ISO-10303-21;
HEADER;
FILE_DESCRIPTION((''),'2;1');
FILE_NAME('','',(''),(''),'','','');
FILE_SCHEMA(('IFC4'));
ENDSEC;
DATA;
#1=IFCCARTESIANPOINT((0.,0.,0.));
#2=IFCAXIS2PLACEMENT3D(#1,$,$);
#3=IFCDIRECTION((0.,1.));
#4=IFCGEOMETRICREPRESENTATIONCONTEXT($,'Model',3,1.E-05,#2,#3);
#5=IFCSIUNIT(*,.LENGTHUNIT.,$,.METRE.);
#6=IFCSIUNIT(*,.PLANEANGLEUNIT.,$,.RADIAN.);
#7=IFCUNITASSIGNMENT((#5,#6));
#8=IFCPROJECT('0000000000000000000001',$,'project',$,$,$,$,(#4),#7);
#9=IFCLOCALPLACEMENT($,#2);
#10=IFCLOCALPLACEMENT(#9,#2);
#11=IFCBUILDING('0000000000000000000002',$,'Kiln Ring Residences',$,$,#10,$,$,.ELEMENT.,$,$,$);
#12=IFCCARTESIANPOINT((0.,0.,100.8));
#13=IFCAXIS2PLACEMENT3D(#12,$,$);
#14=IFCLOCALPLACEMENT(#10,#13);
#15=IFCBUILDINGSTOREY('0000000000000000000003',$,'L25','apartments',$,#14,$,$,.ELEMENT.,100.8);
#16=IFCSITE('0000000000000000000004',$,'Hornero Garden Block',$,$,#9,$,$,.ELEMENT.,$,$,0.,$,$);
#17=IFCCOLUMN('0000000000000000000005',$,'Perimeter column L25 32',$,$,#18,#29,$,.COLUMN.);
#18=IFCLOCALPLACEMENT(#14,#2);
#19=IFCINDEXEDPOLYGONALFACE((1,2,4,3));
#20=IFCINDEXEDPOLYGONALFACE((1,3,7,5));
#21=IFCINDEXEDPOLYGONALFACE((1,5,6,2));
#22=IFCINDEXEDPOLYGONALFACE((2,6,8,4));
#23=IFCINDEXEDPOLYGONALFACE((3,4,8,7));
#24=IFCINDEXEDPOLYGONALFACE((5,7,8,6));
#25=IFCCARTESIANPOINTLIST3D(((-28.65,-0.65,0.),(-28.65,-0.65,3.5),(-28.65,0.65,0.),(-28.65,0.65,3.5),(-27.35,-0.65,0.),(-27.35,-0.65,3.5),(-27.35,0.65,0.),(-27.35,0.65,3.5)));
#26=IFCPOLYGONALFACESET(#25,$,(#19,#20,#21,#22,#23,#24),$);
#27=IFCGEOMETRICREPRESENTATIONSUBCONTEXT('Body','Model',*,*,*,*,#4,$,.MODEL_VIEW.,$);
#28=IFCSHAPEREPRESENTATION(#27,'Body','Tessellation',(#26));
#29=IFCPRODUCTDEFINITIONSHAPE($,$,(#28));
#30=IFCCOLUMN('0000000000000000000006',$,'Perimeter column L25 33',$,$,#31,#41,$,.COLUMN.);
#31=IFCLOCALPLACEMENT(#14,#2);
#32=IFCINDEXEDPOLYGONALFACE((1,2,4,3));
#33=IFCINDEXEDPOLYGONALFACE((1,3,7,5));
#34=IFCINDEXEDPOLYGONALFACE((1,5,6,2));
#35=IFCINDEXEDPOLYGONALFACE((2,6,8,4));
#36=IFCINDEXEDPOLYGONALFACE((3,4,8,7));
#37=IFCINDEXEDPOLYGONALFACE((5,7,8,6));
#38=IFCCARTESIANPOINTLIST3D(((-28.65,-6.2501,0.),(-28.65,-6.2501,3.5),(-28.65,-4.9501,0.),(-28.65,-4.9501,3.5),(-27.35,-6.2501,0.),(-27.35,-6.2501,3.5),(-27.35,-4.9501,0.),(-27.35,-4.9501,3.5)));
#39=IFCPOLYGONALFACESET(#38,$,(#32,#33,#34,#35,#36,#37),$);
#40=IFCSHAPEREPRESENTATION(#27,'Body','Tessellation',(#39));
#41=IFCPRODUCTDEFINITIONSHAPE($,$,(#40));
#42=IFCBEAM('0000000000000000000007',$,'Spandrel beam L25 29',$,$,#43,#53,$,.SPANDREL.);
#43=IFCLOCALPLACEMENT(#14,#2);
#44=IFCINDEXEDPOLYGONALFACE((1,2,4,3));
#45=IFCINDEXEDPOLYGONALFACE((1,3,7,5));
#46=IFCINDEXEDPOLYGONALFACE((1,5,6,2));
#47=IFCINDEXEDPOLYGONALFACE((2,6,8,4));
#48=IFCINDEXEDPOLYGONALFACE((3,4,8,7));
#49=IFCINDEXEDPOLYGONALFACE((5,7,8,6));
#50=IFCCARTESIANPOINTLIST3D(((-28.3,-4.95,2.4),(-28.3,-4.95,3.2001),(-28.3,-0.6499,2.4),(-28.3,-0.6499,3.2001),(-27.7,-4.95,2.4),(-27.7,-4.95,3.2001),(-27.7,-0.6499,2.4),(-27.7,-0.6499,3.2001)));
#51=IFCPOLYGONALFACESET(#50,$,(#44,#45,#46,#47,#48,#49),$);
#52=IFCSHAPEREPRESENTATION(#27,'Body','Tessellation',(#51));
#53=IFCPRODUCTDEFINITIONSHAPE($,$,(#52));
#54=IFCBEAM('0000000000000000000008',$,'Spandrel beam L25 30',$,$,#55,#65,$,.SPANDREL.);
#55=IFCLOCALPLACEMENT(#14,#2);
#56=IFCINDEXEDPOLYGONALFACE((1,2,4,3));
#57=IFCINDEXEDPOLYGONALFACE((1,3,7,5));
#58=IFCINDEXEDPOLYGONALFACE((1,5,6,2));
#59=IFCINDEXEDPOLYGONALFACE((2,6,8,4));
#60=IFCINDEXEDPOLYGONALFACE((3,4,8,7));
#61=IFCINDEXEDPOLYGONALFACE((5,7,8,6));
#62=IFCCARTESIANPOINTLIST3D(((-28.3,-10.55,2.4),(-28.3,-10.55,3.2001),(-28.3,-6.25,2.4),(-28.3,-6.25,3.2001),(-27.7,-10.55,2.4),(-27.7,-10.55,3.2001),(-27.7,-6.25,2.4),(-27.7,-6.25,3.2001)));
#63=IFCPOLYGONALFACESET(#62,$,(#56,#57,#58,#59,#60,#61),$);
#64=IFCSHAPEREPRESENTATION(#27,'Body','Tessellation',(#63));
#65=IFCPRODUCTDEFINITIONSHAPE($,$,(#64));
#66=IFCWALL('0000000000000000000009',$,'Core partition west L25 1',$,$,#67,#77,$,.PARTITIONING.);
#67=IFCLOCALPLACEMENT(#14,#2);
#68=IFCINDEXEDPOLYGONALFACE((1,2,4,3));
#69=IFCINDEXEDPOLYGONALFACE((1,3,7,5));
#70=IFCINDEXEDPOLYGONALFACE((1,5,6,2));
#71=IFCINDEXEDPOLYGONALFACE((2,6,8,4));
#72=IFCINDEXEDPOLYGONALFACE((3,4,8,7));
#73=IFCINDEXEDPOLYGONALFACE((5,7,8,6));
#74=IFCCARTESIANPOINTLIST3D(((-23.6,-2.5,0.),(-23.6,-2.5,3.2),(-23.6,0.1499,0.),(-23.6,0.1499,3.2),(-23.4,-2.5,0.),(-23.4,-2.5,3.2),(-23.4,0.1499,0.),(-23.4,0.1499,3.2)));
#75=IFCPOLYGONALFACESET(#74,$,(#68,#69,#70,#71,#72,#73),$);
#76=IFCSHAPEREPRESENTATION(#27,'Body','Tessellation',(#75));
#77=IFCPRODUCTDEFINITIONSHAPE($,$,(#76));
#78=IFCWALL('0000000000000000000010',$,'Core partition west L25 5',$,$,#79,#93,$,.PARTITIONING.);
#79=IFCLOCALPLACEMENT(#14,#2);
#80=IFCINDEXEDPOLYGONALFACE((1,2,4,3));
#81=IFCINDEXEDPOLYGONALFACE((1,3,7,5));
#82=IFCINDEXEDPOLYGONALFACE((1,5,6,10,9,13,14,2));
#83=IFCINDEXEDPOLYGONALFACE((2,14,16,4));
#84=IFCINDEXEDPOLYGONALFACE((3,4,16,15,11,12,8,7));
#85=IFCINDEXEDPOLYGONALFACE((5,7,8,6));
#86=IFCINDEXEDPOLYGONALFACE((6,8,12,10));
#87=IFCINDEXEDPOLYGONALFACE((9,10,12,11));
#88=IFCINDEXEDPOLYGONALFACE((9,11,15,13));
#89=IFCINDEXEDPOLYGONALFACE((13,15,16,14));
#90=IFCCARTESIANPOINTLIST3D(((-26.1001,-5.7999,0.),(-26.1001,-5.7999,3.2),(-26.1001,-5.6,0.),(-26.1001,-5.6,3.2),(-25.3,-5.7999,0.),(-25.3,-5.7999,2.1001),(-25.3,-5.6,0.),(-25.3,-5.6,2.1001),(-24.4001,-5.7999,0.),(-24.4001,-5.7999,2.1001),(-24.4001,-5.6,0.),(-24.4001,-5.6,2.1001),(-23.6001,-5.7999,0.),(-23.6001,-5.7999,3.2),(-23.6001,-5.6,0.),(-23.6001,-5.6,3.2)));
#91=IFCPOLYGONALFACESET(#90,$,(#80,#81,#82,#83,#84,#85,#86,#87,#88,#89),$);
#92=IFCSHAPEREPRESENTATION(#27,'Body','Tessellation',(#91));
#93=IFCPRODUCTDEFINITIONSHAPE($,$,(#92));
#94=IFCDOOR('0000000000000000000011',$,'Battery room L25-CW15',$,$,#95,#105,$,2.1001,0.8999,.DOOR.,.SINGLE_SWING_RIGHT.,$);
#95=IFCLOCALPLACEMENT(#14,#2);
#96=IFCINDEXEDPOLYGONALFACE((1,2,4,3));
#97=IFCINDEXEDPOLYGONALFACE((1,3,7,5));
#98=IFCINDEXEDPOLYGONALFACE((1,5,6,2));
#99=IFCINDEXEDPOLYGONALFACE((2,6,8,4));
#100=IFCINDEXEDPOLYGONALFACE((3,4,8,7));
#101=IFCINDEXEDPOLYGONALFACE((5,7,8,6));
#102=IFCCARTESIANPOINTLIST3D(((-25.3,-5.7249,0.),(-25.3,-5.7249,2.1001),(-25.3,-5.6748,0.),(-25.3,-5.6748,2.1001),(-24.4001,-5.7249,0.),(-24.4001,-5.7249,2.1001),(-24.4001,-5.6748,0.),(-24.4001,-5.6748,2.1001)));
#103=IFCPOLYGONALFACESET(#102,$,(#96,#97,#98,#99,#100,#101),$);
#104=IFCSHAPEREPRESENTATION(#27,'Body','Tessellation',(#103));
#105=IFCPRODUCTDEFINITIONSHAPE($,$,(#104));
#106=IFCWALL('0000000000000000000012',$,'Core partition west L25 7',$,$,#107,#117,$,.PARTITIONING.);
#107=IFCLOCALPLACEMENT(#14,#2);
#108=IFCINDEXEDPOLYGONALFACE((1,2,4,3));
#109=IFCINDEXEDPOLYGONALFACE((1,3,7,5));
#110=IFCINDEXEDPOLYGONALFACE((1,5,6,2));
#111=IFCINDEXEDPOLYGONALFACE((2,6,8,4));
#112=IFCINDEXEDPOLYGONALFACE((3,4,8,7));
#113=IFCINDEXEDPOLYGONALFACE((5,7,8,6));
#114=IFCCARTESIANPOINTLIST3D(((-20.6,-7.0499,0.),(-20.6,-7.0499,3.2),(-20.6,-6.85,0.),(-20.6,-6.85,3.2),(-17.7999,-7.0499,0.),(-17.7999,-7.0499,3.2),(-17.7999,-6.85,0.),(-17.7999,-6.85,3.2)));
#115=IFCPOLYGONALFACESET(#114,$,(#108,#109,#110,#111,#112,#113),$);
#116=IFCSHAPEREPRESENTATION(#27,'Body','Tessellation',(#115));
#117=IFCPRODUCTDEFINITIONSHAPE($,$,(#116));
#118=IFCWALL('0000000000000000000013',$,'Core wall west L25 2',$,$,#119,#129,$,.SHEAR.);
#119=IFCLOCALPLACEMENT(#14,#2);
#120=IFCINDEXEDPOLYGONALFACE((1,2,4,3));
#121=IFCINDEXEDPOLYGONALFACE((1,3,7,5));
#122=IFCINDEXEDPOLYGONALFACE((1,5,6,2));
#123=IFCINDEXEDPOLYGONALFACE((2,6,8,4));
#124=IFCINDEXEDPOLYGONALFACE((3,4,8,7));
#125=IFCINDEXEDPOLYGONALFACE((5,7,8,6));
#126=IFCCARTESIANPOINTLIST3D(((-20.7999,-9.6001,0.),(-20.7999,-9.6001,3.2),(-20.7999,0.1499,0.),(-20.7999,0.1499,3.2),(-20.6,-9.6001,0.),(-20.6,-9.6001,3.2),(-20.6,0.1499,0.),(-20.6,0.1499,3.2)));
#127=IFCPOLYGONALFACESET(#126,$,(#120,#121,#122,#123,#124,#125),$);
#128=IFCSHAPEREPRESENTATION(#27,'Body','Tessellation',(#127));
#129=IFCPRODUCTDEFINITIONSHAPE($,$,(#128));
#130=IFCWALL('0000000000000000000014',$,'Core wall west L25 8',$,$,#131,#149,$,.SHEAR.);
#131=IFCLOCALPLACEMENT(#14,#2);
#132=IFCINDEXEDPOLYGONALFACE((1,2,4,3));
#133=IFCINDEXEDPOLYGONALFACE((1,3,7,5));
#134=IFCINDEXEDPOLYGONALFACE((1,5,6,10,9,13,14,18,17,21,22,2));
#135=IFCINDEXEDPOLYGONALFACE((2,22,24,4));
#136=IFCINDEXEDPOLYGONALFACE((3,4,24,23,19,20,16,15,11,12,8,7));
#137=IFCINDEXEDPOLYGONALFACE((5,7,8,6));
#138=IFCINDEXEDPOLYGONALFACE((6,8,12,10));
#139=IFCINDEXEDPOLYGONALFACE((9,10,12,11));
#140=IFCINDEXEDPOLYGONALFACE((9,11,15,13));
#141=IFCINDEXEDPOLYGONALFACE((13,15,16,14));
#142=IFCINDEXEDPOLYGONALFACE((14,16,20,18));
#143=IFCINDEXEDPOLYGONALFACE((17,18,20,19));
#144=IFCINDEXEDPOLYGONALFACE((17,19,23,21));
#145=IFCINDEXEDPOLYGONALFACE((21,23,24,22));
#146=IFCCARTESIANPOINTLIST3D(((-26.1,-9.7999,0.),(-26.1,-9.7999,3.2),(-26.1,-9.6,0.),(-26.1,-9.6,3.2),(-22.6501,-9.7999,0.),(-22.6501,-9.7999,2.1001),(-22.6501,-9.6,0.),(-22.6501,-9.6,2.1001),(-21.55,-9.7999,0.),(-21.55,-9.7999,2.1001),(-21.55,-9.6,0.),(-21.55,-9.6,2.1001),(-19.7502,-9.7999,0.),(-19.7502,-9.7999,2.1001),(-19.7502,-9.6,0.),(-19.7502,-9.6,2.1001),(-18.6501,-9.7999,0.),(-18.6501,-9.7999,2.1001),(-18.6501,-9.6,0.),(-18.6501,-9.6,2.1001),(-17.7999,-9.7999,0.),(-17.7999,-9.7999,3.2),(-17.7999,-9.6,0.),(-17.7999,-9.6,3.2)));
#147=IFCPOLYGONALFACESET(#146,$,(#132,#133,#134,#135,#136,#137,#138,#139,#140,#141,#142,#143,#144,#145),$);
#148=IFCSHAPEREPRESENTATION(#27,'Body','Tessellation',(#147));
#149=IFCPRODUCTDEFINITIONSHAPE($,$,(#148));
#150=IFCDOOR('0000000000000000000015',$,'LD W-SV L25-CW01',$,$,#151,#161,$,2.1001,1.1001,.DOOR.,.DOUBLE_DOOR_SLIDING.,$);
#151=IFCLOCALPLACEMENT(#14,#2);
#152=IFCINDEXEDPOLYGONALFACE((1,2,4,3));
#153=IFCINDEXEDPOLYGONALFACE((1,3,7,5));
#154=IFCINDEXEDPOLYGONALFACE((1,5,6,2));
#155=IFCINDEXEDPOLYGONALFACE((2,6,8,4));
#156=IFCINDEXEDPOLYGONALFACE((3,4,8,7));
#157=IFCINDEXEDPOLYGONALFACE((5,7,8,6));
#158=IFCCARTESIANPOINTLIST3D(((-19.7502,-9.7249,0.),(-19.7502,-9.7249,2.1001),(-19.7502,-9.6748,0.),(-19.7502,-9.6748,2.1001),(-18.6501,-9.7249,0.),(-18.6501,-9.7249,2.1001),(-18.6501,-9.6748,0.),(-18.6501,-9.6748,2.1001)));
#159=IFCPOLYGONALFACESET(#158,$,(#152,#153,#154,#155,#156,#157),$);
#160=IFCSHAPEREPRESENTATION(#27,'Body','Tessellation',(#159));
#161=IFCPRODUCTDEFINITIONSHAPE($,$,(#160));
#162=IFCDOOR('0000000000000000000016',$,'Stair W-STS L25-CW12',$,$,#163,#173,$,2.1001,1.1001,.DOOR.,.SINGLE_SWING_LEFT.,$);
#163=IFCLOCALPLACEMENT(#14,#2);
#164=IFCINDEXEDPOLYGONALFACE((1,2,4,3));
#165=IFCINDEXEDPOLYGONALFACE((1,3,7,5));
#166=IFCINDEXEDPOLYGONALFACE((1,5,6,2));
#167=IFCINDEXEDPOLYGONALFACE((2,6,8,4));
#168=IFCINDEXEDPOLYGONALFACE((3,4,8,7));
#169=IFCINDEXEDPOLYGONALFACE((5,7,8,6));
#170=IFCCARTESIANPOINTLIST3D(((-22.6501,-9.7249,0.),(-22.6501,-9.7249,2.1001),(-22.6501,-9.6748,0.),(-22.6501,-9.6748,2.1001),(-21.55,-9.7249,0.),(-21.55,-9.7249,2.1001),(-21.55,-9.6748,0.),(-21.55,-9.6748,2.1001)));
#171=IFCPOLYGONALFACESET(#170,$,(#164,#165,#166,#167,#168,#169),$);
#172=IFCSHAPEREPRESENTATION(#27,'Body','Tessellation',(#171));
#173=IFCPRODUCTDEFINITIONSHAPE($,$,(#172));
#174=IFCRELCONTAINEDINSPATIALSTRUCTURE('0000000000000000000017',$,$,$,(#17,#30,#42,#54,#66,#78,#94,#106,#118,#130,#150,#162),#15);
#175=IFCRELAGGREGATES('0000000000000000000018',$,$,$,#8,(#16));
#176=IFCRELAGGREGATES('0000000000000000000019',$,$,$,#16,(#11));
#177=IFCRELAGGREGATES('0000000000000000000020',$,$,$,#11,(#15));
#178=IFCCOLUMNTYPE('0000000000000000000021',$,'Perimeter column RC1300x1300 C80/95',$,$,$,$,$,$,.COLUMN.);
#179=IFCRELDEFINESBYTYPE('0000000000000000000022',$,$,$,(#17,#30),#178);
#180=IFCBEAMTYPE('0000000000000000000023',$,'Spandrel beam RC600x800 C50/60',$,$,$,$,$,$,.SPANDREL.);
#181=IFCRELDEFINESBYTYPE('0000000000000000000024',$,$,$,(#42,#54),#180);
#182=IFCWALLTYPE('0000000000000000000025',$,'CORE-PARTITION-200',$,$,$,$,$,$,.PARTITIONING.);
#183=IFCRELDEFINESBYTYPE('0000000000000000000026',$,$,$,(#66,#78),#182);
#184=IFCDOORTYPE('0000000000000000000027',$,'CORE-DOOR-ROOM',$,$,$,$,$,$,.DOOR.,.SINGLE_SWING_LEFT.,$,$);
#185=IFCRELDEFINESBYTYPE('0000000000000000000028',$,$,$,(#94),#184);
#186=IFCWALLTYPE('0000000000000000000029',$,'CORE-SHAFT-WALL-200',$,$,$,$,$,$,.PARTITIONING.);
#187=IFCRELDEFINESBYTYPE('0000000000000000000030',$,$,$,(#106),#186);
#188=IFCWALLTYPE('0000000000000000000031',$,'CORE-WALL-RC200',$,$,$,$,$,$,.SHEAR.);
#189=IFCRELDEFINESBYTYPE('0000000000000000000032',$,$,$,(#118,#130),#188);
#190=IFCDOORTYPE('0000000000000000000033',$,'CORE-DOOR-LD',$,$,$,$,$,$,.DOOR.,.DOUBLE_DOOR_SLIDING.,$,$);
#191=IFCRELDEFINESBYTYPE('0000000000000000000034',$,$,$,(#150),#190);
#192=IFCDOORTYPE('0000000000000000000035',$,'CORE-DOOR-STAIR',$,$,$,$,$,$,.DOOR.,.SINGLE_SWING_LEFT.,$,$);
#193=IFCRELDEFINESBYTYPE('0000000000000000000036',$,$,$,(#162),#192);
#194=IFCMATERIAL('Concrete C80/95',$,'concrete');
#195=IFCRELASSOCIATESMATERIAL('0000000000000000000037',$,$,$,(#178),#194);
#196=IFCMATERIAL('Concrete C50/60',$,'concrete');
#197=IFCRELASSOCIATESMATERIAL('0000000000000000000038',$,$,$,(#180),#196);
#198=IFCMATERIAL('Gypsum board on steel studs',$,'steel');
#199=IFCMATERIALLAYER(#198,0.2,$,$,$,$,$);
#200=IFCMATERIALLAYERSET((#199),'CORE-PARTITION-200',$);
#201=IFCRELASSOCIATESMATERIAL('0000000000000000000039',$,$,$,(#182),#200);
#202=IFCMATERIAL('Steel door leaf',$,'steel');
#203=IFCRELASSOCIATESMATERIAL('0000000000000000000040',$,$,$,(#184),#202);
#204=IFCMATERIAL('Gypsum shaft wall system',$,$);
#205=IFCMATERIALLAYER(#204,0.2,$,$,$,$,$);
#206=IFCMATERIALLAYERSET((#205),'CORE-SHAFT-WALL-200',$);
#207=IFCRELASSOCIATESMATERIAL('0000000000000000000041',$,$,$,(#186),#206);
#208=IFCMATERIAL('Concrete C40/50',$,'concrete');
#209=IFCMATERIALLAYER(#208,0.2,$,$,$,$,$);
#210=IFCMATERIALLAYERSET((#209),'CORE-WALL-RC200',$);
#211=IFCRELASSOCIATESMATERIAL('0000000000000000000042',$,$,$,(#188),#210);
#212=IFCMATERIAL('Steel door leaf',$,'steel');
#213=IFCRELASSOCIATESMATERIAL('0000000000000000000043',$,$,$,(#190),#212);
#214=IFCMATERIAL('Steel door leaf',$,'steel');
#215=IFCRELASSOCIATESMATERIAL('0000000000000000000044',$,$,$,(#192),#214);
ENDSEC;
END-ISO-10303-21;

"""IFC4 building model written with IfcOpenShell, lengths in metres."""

from ifc_helpers import new_model, si_unit, direction, frame, frame_2d, origin, origin_2d, place, context, subcontext, project, spatial, rectangle, extrude, material, layer, layer_set, material_profile, profile_set, type_object, element, fill, save


model = new_model("IFC4")

# Units and contexts
model_context = context("Model", 3, precision=1e-05, world=origin(), true_north=direction((0.0, 1.0)))
body_context = subcontext(model_context, "Body", "Model", "MODEL_VIEW")
ifc_project = project(units=[si_unit("LENGTHUNIT", "METRE"), si_unit("PLANEANGLEUNIT", "RADIAN")], contexts=[model_context])

# Site, building, storey
site_placement = place(None, origin())
site = spatial("IfcSite", under=ifc_project, at=site_placement, Name="Hornero Garden Block", CompositionType="ELEMENT", RefElevation=0.0)
building_placement = place(site_placement, origin())
building = spatial("IfcBuilding", under=site, at=building_placement, Name="Kiln Ring Residences", CompositionType="ELEMENT")
storey_placement = place(building_placement, frame((0.0, 0.0, 100.8)))
storey = spatial("IfcBuildingStorey", under=building, at=storey_placement, Name="L25", Description="apartments", CompositionType="ELEMENT", Elevation=100.8)

# Columns
ifc_material_1 = material(Name="Concrete C80/95", Category="concrete")
ifc_material_profile_1 = material_profile(ifc_material_1, rectangle(XDim=1.3, YDim=1.3, at=origin_2d()), Name="RC1300x1300")
ifc_profile_set_1 = profile_set([ifc_material_profile_1], Name="Concrete C80/95")
column_type = type_object("IfcColumnType", Name="Perimeter column RC1300x1300 C80/95", PredefinedType="COLUMN", material=ifc_profile_set_1)
for number, where, z_axis, x_axis, name in (
    (1, (-28.0, 0.0, 0.0), (0.0, 0.0, 1.0), (1.0, 0.0, 0.0), "Perimeter column L25 32"),
    (2, (-28.0, -5.6001, 0.0), (0.0, 0.0, 1.0), (1.0, 0.0, 0.0), "Perimeter column L25 33"),
):
    element("IfcColumn", number, at=place(storey_placement, frame(where, z_axis=z_axis, x_axis=x_axis)), inside=storey, type_object=column_type, Name=name, PredefinedType="COLUMN", context=body_context, shape_type="SweptSolid", body=[
        extrude(rectangle(XDim=1.3, YDim=1.3, at=origin_2d()), origin(), (0.0, 0.0, 1.0), 3.5),
    ])

# Beams
ifc_material_2 = material(Name="Concrete C50/60", Category="concrete")
ifc_material_profile_2 = material_profile(ifc_material_2, rectangle(XDim=0.6001, YDim=0.8, at=origin_2d()), Name="RC600x800")
ifc_profile_set_2 = profile_set([ifc_material_profile_2], Name="Concrete C50/60")
beam_type = type_object("IfcBeamType", Name="Spandrel beam RC600x800 C50/60", PredefinedType="SPANDREL", material=ifc_profile_set_2)
for number, where, z_axis, x_axis, name in (
    (3, (-28.0, -0.6499, 2.8), (0.0, -1.0, 0.0), (1.0, 0.0, 0.0), "Spandrel beam L25 29"),
    (4, (-28.0, -6.25, 2.8), (0.0, -1.0, 0.0), (1.0, 0.0, 0.0), "Spandrel beam L25 30"),
):
    element("IfcBeam", number, at=place(storey_placement, frame(where, z_axis=z_axis, x_axis=x_axis)), inside=storey, type_object=beam_type, Name=name, PredefinedType="SPANDREL", context=body_context, shape_type="SweptSolid", body=[
        extrude(rectangle(XDim=0.6001, YDim=0.8, at=origin_2d()), origin(), (0.0, 0.0, 1.0), 4.3),
    ])

# Wall
ifc_material_3 = material(Name="Gypsum board on steel studs", Category="steel")
ifc_layer_1 = layer(ifc_material_3, 0.2)
ifc_layer_set_1 = layer_set([ifc_layer_1], Name="CORE-PARTITION-200")
wall_type_1 = type_object("IfcWallType", Name="CORE-PARTITION-200", PredefinedType="PARTITIONING", material=ifc_layer_set_1)
wall_1_placement = place(storey_placement, frame((-23.5, -2.5, 0.0), z_axis=(0.0, 0.0, 1.0), x_axis=(0.0, 1.0, 0.0)))
element("IfcWall", 5, at=wall_1_placement, inside=storey, type_object=wall_type_1, Name="Core partition west L25 1", PredefinedType="PARTITIONING", context=body_context, shape_type="SweptSolid", body=[
    extrude(rectangle(XDim=2.6499, YDim=0.2, at=frame_2d((1.325, 0.0))), origin(), (0.0, 0.0, 1.0), 3.2),
])

# Wall, opening, door
wall_2_placement = place(storey_placement, frame((-23.6001, -5.7, 0.0), z_axis=(0.0, 0.0, 1.0), x_axis=(-1.0, 0.0, 0.0)))
wall_2 = element("IfcWall", 6, at=wall_2_placement, inside=storey, type_object=wall_type_1, Name="Core partition west L25 5", PredefinedType="PARTITIONING", context=body_context, shape_type="SweptSolid", body=[
    extrude(rectangle(XDim=2.5, YDim=0.2, at=frame_2d((1.25, 0.0))), origin(), (0.0, 0.0, 1.0), 3.2),
])
opening_1_placement = place(wall_2_placement, frame((0.8, 0.0, 0.0)))
opening_1 = element("IfcOpeningElement", 7, at=opening_1_placement, cuts=wall_2, PredefinedType="OPENING", context=body_context, shape_type="SweptSolid", body=[
    extrude(rectangle(XDim=0.8999, YDim=2.1001, at=frame_2d((0.45, 1.05))), frame((0.0, 0.1099, 0.0), z_axis=(0.0, -1.0, 0.0), x_axis=(1.0, 0.0, 0.0)), (0.0, 0.0, 1.0), 0.22),
])
ifc_material_4 = material(Name="Steel door leaf", Category="steel")
door_type_1 = type_object("IfcDoorType", Name="CORE-DOOR-ROOM", OperationType="SINGLE_SWING_LEFT", PredefinedType="DOOR", material=ifc_material_4)
door_1_placement = place(opening_1_placement, origin())
door_1 = element("IfcDoor", 8, at=door_1_placement, inside=storey, type_object=door_type_1, Name="Battery room L25-CW15", OperationType="SINGLE_SWING_RIGHT", OverallHeight=2.1001, OverallWidth=0.8999, PredefinedType="DOOR", context=body_context, shape_type="SweptSolid", body=[
    extrude(rectangle(XDim=0.8999, YDim=2.1001, at=frame_2d((0.45, 1.05))), frame((0.0, 0.0249, 0.0), z_axis=(0.0, -1.0, 0.0), x_axis=(1.0, 0.0, 0.0)), (0.0, 0.0, 1.0), 0.05),
])
fill(opening_1, door_1)

# Walls
ifc_material_5 = material(Name="Gypsum shaft wall system")
ifc_layer_2 = layer(ifc_material_5, 0.2)
ifc_layer_set_2 = layer_set([ifc_layer_2], Name="CORE-SHAFT-WALL-200")
wall_type_2 = type_object("IfcWallType", Name="CORE-SHAFT-WALL-200", PredefinedType="PARTITIONING", material=ifc_layer_set_2)
wall_3_placement = place(storey_placement, frame((-17.8, -6.95, 0.0), z_axis=(0.0, 0.0, 1.0), x_axis=(-1.0, 0.0, 0.0)))
element("IfcWall", 9, at=wall_3_placement, inside=storey, type_object=wall_type_2, Name="Core partition west L25 7", PredefinedType="PARTITIONING", context=body_context, shape_type="SweptSolid", body=[
    extrude(rectangle(XDim=2.8, YDim=0.2, at=frame_2d((1.3999, 0.0))), origin(), (0.0, 0.0, 1.0), 3.2),
])
ifc_material_6 = material(Name="Concrete C40/50", Category="concrete")
ifc_layer_3 = layer(ifc_material_6, 0.2)
ifc_layer_set_3 = layer_set([ifc_layer_3], Name="CORE-WALL-RC200")
wall_type_3 = type_object("IfcWallType", Name="CORE-WALL-RC200", PredefinedType="SHEAR", material=ifc_layer_set_3)
wall_4_placement = place(storey_placement, frame((-20.7, -9.6001, 0.0), z_axis=(0.0, 0.0, 1.0), x_axis=(0.0, 1.0, 0.0)))
element("IfcWall", 10, at=wall_4_placement, inside=storey, type_object=wall_type_3, Name="Core wall west L25 2", PredefinedType="SHEAR", context=body_context, shape_type="SweptSolid", body=[
    extrude(rectangle(XDim=9.75, YDim=0.2, at=frame_2d((4.875, 0.0))), origin(), (0.0, 0.0, 1.0), 3.2),
])

# Wall, openings, doors
wall_5_placement = place(storey_placement, frame((-17.8, -9.7, 0.0), z_axis=(0.0, 0.0, 1.0), x_axis=(-1.0, 0.0, 0.0)))
wall_5 = element("IfcWall", 11, at=wall_5_placement, inside=storey, type_object=wall_type_3, Name="Core wall west L25 8", PredefinedType="SHEAR", context=body_context, shape_type="SweptSolid", body=[
    extrude(rectangle(XDim=8.3, YDim=0.2, at=frame_2d((4.1499, 0.0))), origin(), (0.0, 0.0, 1.0), 3.2),
])
opening_2_placement = place(wall_5_placement, frame((0.8501, 0.0, 0.0)))
opening_2 = element("IfcOpeningElement", 12, at=opening_2_placement, cuts=wall_5, PredefinedType="OPENING", context=body_context, shape_type="SweptSolid", body=[
    extrude(rectangle(XDim=1.1001, YDim=2.1001, at=frame_2d((0.55, 1.05))), frame((0.0, 0.1099, 0.0), z_axis=(0.0, -1.0, 0.0), x_axis=(1.0, 0.0, 0.0)), (0.0, 0.0, 1.0), 0.22),
])
opening_3_placement = place(wall_5_placement, frame((3.75, 0.0, 0.0)))
opening_3 = element("IfcOpeningElement", 13, at=opening_3_placement, cuts=wall_5, PredefinedType="OPENING", context=body_context, shape_type="SweptSolid", body=[
    extrude(rectangle(XDim=1.1001, YDim=2.1001, at=frame_2d((0.55, 1.05))), frame((0.0, 0.1099, 0.0), z_axis=(0.0, -1.0, 0.0), x_axis=(1.0, 0.0, 0.0)), (0.0, 0.0, 1.0), 0.22),
])
ifc_material_7 = material(Name="Steel door leaf", Category="steel")
door_type_2 = type_object("IfcDoorType", Name="CORE-DOOR-LD", OperationType="DOUBLE_DOOR_SLIDING", PredefinedType="DOOR", material=ifc_material_7)
door_2_placement = place(opening_2_placement, origin())
door_2 = element("IfcDoor", 14, at=door_2_placement, inside=storey, type_object=door_type_2, Name="LD W-SV L25-CW01", OperationType="DOUBLE_DOOR_SLIDING", OverallHeight=2.1001, OverallWidth=1.1001, PredefinedType="DOOR", context=body_context, shape_type="SweptSolid", body=[
    extrude(rectangle(XDim=1.1001, YDim=2.1001, at=frame_2d((0.55, 1.05))), frame((0.0, 0.0249, 0.0), z_axis=(0.0, -1.0, 0.0), x_axis=(1.0, 0.0, 0.0)), (0.0, 0.0, 1.0), 0.05),
])
fill(opening_2, door_2)
ifc_material_8 = material(Name="Steel door leaf", Category="steel")
door_type_3 = type_object("IfcDoorType", Name="CORE-DOOR-STAIR", OperationType="SINGLE_SWING_LEFT", PredefinedType="DOOR", material=ifc_material_8)
door_3_placement = place(opening_3_placement, origin())
door_3 = element("IfcDoor", 15, at=door_3_placement, inside=storey, type_object=door_type_3, Name="Stair W-STS L25-CW12", OperationType="SINGLE_SWING_LEFT", OverallHeight=2.1001, OverallWidth=1.1001, PredefinedType="DOOR", context=body_context, shape_type="SweptSolid", body=[
    extrude(rectangle(XDim=1.1001, YDim=2.1001, at=frame_2d((0.55, 1.05))), frame((0.0, 0.0249, 0.0), z_axis=(0.0, -1.0, 0.0), x_axis=(1.0, 0.0, 0.0)), (0.0, 0.0, 1.0), 0.05),
])
fill(opening_3, door_3)

save(model, "model.ifc")
